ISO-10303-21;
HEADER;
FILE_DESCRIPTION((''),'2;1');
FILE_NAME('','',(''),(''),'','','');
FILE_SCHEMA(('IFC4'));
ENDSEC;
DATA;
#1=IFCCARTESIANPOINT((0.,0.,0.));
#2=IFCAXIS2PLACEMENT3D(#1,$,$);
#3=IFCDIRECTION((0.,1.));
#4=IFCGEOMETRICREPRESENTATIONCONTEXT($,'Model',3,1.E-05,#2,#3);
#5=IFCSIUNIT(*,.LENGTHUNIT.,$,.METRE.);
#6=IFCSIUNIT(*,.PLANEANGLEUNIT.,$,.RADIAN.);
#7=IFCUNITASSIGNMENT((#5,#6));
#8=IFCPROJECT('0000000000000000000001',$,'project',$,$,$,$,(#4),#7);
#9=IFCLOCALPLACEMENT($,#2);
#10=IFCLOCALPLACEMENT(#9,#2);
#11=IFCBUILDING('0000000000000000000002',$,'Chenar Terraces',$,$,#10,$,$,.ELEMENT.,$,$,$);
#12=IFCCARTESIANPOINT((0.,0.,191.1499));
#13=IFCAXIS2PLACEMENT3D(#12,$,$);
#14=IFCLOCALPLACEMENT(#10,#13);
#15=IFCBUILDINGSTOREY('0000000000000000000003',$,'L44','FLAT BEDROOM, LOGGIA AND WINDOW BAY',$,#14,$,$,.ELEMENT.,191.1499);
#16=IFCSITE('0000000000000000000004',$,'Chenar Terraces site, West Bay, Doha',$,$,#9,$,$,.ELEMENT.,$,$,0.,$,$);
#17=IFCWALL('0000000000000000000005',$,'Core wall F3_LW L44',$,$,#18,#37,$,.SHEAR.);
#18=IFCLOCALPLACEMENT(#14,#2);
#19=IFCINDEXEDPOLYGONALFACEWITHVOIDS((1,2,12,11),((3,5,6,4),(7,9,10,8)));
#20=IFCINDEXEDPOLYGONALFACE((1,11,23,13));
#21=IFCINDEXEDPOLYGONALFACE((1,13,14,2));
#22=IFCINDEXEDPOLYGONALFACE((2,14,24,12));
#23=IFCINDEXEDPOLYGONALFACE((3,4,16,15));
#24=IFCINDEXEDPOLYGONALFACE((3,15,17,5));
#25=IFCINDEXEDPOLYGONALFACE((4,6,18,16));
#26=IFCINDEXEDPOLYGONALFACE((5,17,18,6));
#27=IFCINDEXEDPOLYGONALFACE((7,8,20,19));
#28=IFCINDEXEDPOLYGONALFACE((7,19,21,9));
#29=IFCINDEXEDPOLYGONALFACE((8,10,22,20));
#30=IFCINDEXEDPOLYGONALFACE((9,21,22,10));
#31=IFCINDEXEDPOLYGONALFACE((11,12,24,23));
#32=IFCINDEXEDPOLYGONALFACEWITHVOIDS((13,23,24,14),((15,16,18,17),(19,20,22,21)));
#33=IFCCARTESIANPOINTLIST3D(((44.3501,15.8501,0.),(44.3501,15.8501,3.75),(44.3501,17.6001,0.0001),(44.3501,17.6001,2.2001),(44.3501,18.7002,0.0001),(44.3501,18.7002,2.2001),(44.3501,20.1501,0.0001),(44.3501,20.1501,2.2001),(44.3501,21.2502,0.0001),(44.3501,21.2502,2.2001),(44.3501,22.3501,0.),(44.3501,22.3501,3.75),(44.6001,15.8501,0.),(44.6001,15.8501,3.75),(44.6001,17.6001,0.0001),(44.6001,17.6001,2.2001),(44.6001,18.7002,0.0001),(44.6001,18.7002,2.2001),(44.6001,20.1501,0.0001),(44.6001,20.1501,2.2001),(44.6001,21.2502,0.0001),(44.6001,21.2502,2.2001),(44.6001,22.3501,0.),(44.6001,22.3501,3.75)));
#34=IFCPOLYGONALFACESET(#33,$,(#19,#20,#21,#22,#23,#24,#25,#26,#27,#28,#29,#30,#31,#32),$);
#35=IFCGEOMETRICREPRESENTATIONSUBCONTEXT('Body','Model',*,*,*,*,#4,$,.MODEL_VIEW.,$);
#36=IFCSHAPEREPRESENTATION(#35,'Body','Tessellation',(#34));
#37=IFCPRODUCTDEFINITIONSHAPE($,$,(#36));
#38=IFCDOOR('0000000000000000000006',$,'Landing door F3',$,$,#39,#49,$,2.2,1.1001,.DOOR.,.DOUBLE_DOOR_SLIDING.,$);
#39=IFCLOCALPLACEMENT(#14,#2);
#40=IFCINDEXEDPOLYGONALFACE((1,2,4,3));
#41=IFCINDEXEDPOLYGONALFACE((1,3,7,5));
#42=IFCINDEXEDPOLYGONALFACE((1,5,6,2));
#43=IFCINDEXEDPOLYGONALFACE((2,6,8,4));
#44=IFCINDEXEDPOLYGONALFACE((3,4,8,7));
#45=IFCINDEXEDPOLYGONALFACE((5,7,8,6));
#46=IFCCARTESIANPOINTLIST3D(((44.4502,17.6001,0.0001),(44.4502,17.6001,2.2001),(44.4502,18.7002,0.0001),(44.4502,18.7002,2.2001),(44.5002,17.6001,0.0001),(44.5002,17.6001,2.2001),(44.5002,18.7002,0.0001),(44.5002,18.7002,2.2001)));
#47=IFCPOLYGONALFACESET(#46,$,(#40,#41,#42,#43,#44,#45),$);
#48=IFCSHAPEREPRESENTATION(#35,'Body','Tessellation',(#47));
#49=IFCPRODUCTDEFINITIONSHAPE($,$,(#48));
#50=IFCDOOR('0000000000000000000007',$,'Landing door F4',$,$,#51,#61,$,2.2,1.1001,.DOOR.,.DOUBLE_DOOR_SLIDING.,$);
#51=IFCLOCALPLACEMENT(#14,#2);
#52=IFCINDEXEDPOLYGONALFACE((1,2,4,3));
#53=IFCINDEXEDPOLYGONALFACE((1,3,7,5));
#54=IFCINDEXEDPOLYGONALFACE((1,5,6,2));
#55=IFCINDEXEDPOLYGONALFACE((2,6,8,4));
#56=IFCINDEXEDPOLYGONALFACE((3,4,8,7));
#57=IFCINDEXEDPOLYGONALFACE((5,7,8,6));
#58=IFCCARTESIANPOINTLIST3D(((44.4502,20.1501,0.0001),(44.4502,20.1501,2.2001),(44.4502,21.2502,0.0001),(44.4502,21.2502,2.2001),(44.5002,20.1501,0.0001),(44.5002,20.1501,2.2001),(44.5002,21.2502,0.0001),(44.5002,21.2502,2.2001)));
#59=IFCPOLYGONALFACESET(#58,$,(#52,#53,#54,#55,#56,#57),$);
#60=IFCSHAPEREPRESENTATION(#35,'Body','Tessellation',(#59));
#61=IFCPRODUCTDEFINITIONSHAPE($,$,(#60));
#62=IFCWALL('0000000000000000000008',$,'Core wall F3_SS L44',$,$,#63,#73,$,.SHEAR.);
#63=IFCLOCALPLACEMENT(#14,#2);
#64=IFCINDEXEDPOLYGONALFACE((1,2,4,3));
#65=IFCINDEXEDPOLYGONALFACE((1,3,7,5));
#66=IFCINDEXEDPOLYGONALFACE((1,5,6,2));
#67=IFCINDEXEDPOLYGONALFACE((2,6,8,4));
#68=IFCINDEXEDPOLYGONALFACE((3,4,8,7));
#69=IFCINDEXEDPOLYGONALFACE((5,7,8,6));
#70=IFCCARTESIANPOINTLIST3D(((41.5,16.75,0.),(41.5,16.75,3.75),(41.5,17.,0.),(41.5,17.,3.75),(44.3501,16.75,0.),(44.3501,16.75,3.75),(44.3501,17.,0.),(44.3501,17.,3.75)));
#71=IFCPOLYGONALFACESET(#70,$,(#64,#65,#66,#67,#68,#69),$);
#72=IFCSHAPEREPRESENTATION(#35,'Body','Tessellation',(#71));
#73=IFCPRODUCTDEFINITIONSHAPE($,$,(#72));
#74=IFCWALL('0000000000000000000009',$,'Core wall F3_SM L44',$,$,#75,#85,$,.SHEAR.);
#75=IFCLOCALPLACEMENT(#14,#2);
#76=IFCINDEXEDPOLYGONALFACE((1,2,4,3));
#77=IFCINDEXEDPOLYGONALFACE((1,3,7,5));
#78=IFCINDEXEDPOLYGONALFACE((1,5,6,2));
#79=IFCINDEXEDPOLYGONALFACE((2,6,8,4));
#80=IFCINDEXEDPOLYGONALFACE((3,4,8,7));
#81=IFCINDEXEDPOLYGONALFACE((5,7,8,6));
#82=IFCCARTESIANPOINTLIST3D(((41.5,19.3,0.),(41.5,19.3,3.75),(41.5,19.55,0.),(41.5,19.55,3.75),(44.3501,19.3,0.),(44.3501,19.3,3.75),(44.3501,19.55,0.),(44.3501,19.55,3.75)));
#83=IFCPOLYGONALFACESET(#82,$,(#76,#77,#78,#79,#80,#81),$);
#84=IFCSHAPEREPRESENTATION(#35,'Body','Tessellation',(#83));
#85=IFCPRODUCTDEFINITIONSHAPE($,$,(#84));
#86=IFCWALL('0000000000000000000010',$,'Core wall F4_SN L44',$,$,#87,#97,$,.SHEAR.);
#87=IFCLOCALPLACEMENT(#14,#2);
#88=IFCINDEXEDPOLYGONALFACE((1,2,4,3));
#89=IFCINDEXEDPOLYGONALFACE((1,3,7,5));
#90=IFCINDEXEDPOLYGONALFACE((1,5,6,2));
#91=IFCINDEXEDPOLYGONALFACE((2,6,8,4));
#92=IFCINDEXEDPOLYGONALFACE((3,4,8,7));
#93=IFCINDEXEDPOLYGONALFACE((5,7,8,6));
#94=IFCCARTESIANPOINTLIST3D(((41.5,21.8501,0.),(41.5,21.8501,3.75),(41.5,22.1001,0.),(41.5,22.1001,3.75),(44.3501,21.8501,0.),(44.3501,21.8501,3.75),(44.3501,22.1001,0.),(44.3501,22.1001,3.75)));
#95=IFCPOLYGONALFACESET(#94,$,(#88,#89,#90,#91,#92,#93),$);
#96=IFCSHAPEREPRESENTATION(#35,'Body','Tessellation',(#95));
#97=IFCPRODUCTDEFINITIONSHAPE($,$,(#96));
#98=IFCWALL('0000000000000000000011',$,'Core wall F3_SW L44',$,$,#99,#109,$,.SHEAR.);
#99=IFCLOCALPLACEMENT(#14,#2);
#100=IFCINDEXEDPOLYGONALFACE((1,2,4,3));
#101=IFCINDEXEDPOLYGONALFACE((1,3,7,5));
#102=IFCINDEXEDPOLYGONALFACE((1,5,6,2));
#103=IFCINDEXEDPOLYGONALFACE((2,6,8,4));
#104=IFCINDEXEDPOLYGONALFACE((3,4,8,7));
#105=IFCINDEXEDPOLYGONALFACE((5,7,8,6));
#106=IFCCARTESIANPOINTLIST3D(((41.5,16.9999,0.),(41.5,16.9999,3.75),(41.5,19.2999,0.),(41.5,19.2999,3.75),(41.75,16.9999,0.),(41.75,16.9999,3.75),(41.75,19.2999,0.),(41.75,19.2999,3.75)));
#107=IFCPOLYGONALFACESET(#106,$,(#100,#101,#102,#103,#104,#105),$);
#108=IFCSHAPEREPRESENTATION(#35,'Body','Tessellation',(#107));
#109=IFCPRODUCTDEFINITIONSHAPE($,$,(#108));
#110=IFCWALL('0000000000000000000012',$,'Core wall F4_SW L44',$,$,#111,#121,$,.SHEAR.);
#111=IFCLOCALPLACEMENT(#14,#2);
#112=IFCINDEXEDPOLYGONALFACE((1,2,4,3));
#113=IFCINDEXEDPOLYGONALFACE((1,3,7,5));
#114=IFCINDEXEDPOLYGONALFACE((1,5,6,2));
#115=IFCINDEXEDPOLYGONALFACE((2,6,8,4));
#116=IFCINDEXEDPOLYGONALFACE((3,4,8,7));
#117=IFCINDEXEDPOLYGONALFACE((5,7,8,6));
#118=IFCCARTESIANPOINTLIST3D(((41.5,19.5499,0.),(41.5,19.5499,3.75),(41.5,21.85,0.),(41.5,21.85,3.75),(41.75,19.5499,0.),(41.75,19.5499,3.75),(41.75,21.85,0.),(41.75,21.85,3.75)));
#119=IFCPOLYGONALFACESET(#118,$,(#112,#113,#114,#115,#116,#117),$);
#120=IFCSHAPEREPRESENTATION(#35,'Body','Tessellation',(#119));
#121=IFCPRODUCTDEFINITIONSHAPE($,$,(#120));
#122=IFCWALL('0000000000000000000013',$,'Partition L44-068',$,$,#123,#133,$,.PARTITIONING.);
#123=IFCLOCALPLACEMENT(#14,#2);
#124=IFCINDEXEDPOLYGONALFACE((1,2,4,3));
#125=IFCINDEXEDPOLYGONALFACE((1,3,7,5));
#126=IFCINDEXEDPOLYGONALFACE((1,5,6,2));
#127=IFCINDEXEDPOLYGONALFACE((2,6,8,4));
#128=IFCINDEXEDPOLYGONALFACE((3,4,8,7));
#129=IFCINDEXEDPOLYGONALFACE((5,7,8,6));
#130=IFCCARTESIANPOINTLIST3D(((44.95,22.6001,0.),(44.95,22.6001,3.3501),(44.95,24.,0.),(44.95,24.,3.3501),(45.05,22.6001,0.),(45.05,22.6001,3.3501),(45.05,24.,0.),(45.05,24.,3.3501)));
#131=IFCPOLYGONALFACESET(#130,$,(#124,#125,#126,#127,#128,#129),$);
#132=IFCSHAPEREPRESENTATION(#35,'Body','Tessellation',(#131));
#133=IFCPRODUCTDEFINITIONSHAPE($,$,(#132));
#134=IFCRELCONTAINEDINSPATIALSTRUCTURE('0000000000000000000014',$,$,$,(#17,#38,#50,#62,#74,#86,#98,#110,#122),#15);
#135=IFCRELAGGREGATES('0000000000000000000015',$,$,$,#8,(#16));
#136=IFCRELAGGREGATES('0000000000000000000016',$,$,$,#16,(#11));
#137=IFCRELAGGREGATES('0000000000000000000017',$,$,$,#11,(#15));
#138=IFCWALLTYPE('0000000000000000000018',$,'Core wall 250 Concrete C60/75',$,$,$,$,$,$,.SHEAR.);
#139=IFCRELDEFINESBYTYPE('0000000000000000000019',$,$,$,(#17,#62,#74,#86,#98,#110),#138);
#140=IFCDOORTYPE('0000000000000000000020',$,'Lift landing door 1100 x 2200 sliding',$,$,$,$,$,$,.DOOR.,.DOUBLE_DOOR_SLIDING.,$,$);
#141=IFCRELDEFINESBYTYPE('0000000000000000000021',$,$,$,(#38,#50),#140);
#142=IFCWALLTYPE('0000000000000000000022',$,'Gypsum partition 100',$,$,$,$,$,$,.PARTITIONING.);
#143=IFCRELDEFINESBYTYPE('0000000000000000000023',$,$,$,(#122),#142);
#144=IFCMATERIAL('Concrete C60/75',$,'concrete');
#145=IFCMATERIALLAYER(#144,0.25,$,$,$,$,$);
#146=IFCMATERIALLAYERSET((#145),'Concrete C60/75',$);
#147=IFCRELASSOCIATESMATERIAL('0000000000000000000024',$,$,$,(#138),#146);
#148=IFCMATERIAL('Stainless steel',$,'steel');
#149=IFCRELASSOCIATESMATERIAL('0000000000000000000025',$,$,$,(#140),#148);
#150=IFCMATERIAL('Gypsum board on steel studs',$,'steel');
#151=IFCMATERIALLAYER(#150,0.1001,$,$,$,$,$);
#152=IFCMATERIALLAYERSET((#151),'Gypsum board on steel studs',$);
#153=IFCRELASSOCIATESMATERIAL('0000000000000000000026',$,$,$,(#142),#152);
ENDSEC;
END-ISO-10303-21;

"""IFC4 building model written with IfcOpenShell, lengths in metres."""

from ifc_helpers import new_model, si_unit, direction, frame, frame_2d, origin, place, context, subcontext, project, spatial, rectangle, extrude, material, layer, layer_set, type_object, element, fill, save


model = new_model("IFC4")

# Units and contexts
model_context = context("Model", 3, precision=1e-05, world=origin(), true_north=direction((0.0, 1.0)))
body_context = subcontext(model_context, "Body", "Model", "MODEL_VIEW")
ifc_project = project(units=[si_unit("LENGTHUNIT", "METRE"), si_unit("PLANEANGLEUNIT", "RADIAN")], contexts=[model_context])

# Site, building, storey
site_placement = place(None, origin())
site = spatial("IfcSite", under=ifc_project, at=site_placement, Name="Chenar Terraces site, West Bay, Doha", CompositionType="ELEMENT", RefElevation=0.0)
building_placement = place(site_placement, origin())
building = spatial("IfcBuilding", under=site, at=building_placement, Name="Chenar Terraces", CompositionType="ELEMENT")
storey_placement = place(building_placement, frame((0.0, 0.0, 191.1499)))
storey = spatial("IfcBuildingStorey", under=building, at=storey_placement, Name="L44", Description="FLAT BEDROOM, LOGGIA AND WINDOW BAY", CompositionType="ELEMENT", Elevation=191.1499)

# Shared definitions
ifc_material_1 = material(Name="Concrete C60/75", Category="concrete")
ifc_layer_1 = layer(ifc_material_1, 0.25)
ifc_layer_set_1 = layer_set([ifc_layer_1], Name="Concrete C60/75")
wall_type_1 = type_object("IfcWallType", Name="Core wall 250 Concrete C60/75", PredefinedType="SHEAR", material=ifc_layer_set_1)

# Wall, openings, doors
wall_1_placement = place(storey_placement, frame((44.4751, 15.8501, 0.0), z_axis=(0.0, 0.0, 1.0), x_axis=(0.0, 1.0, 0.0)))
wall_1 = element("IfcWall", 1, at=wall_1_placement, inside=storey, type_object=wall_type_1, Name="Core wall F3_LW L44", PredefinedType="SHEAR", context=body_context, shape_type="SweptSolid", body=[
    extrude(rectangle(XDim=6.5, YDim=0.25, at=frame_2d((3.25, 0.0))), origin(), (0.0, 0.0, 1.0), 3.75),
])
opening_1_placement = place(wall_1_placement, frame((1.75, 0.0, 0.0)))
opening_1 = element("IfcOpeningElement", 2, at=opening_1_placement, cuts=wall_1, PredefinedType="OPENING", context=body_context, shape_type="SweptSolid", body=[
    extrude(rectangle(XDim=1.1001, YDim=2.2, at=frame_2d((0.55, 1.1001))), frame((0.0, 0.135, 0.0), z_axis=(0.0, -1.0, 0.0), x_axis=(1.0, 0.0, 0.0)), (0.0, 0.0, 1.0), 0.27),
])
opening_2_placement = place(wall_1_placement, frame((4.3, 0.0, 0.0)))
opening_2 = element("IfcOpeningElement", 3, at=opening_2_placement, cuts=wall_1, PredefinedType="OPENING", context=body_context, shape_type="SweptSolid", body=[
    extrude(rectangle(XDim=1.1001, YDim=2.2, at=frame_2d((0.55, 1.1001))), frame((0.0, 0.135, 0.0), z_axis=(0.0, -1.0, 0.0), x_axis=(1.0, 0.0, 0.0)), (0.0, 0.0, 1.0), 0.27),
])
ifc_material_2 = material(Name="Stainless steel", Category="steel")
door_type_1 = type_object("IfcDoorType", Name="Lift landing door 1100 x 2200 sliding", OperationType="DOUBLE_DOOR_SLIDING", PredefinedType="DOOR", material=ifc_material_2)
door_1_placement = place(opening_1_placement, origin())
door_1 = element("IfcDoor", 4, at=door_1_placement, inside=storey, type_object=door_type_1, Name="Landing door F3", OperationType="DOUBLE_DOOR_SLIDING", OverallHeight=2.2, OverallWidth=1.1001, PredefinedType="DOOR", context=body_context, shape_type="SweptSolid", body=[
    extrude(rectangle(XDim=1.1001, YDim=2.2, at=frame_2d((0.55, 1.1001))), frame((0.0, 0.0249, 0.0), z_axis=(0.0, -1.0, 0.0), x_axis=(1.0, 0.0, 0.0)), (0.0, 0.0, 1.0), 0.05),
])
fill(opening_1, door_1)
door_2_placement = place(opening_2_placement, origin())
door_2 = element("IfcDoor", 5, at=door_2_placement, inside=storey, type_object=door_type_1, Name="Landing door F4", OperationType="DOUBLE_DOOR_SLIDING", OverallHeight=2.2, OverallWidth=1.1001, PredefinedType="DOOR", context=body_context, shape_type="SweptSolid", body=[
    extrude(rectangle(XDim=1.1001, YDim=2.2, at=frame_2d((0.55, 1.1001))), frame((0.0, 0.0249, 0.0), z_axis=(0.0, -1.0, 0.0), x_axis=(1.0, 0.0, 0.0)), (0.0, 0.0, 1.0), 0.05),
])
fill(opening_2, door_2)

# Walls
for number, where, z_axis, x_axis, name in (
    (6, (41.5, 16.875, 0.0), (0.0, 0.0, 1.0), (1.0, 0.0, 0.0), "Core wall F3_SS L44"),
    (7, (41.5, 19.425, 0.0), (0.0, 0.0, 1.0), (1.0, 0.0, 0.0), "Core wall F3_SM L44"),
    (8, (41.5, 21.9751, 0.0), (0.0, 0.0, 1.0), (1.0, 0.0, 0.0), "Core wall F4_SN L44"),
):
    element("IfcWall", number, at=place(storey_placement, frame(where, z_axis=z_axis, x_axis=x_axis)), inside=storey, type_object=wall_type_1, Name=name, PredefinedType="SHEAR", context=body_context, shape_type="SweptSolid", body=[
        extrude(rectangle(XDim=2.8501, YDim=0.25, at=frame_2d((1.425, 0.0))), origin(), (0.0, 0.0, 1.0), 3.75),
    ])
for number, where, z_axis, x_axis, name in (
    (9, (41.625, 17.0, 0.0), (0.0, 0.0, 1.0), (0.0, 1.0, 0.0), "Core wall F3_SW L44"),
    (10, (41.625, 19.55, 0.0), (0.0, 0.0, 1.0), (0.0, 1.0, 0.0), "Core wall F4_SW L44"),
):
    element("IfcWall", number, at=place(storey_placement, frame(where, z_axis=z_axis, x_axis=x_axis)), inside=storey, type_object=wall_type_1, Name=name, PredefinedType="SHEAR", context=body_context, shape_type="SweptSolid", body=[
        extrude(rectangle(XDim=2.3, YDim=0.25, at=frame_2d((1.1499, 0.0))), origin(), (0.0, 0.0, 1.0), 3.75),
    ])
ifc_material_3 = material(Name="Gypsum board on steel studs", Category="steel")
ifc_layer_2 = layer(ifc_material_3, 0.1001)
ifc_layer_set_2 = layer_set([ifc_layer_2], Name="Gypsum board on steel studs")
wall_type_2 = type_object("IfcWallType", Name="Gypsum partition 100", PredefinedType="PARTITIONING", material=ifc_layer_set_2)
wall_2_placement = place(storey_placement, frame((45.0, 22.6001, 0.0), z_axis=(0.0, 0.0, 1.0), x_axis=(0.0, 1.0, 0.0)))
element("IfcWall", 11, at=wall_2_placement, inside=storey, type_object=wall_type_2, Name="Partition L44-068", PredefinedType="PARTITIONING", context=body_context, shape_type="SweptSolid", body=[
    extrude(rectangle(XDim=1.3999, YDim=0.1001, at=frame_2d((0.7, 0.0))), origin(), (0.0, 0.0, 1.0), 3.3501),
])

save(model, "model.ifc")
